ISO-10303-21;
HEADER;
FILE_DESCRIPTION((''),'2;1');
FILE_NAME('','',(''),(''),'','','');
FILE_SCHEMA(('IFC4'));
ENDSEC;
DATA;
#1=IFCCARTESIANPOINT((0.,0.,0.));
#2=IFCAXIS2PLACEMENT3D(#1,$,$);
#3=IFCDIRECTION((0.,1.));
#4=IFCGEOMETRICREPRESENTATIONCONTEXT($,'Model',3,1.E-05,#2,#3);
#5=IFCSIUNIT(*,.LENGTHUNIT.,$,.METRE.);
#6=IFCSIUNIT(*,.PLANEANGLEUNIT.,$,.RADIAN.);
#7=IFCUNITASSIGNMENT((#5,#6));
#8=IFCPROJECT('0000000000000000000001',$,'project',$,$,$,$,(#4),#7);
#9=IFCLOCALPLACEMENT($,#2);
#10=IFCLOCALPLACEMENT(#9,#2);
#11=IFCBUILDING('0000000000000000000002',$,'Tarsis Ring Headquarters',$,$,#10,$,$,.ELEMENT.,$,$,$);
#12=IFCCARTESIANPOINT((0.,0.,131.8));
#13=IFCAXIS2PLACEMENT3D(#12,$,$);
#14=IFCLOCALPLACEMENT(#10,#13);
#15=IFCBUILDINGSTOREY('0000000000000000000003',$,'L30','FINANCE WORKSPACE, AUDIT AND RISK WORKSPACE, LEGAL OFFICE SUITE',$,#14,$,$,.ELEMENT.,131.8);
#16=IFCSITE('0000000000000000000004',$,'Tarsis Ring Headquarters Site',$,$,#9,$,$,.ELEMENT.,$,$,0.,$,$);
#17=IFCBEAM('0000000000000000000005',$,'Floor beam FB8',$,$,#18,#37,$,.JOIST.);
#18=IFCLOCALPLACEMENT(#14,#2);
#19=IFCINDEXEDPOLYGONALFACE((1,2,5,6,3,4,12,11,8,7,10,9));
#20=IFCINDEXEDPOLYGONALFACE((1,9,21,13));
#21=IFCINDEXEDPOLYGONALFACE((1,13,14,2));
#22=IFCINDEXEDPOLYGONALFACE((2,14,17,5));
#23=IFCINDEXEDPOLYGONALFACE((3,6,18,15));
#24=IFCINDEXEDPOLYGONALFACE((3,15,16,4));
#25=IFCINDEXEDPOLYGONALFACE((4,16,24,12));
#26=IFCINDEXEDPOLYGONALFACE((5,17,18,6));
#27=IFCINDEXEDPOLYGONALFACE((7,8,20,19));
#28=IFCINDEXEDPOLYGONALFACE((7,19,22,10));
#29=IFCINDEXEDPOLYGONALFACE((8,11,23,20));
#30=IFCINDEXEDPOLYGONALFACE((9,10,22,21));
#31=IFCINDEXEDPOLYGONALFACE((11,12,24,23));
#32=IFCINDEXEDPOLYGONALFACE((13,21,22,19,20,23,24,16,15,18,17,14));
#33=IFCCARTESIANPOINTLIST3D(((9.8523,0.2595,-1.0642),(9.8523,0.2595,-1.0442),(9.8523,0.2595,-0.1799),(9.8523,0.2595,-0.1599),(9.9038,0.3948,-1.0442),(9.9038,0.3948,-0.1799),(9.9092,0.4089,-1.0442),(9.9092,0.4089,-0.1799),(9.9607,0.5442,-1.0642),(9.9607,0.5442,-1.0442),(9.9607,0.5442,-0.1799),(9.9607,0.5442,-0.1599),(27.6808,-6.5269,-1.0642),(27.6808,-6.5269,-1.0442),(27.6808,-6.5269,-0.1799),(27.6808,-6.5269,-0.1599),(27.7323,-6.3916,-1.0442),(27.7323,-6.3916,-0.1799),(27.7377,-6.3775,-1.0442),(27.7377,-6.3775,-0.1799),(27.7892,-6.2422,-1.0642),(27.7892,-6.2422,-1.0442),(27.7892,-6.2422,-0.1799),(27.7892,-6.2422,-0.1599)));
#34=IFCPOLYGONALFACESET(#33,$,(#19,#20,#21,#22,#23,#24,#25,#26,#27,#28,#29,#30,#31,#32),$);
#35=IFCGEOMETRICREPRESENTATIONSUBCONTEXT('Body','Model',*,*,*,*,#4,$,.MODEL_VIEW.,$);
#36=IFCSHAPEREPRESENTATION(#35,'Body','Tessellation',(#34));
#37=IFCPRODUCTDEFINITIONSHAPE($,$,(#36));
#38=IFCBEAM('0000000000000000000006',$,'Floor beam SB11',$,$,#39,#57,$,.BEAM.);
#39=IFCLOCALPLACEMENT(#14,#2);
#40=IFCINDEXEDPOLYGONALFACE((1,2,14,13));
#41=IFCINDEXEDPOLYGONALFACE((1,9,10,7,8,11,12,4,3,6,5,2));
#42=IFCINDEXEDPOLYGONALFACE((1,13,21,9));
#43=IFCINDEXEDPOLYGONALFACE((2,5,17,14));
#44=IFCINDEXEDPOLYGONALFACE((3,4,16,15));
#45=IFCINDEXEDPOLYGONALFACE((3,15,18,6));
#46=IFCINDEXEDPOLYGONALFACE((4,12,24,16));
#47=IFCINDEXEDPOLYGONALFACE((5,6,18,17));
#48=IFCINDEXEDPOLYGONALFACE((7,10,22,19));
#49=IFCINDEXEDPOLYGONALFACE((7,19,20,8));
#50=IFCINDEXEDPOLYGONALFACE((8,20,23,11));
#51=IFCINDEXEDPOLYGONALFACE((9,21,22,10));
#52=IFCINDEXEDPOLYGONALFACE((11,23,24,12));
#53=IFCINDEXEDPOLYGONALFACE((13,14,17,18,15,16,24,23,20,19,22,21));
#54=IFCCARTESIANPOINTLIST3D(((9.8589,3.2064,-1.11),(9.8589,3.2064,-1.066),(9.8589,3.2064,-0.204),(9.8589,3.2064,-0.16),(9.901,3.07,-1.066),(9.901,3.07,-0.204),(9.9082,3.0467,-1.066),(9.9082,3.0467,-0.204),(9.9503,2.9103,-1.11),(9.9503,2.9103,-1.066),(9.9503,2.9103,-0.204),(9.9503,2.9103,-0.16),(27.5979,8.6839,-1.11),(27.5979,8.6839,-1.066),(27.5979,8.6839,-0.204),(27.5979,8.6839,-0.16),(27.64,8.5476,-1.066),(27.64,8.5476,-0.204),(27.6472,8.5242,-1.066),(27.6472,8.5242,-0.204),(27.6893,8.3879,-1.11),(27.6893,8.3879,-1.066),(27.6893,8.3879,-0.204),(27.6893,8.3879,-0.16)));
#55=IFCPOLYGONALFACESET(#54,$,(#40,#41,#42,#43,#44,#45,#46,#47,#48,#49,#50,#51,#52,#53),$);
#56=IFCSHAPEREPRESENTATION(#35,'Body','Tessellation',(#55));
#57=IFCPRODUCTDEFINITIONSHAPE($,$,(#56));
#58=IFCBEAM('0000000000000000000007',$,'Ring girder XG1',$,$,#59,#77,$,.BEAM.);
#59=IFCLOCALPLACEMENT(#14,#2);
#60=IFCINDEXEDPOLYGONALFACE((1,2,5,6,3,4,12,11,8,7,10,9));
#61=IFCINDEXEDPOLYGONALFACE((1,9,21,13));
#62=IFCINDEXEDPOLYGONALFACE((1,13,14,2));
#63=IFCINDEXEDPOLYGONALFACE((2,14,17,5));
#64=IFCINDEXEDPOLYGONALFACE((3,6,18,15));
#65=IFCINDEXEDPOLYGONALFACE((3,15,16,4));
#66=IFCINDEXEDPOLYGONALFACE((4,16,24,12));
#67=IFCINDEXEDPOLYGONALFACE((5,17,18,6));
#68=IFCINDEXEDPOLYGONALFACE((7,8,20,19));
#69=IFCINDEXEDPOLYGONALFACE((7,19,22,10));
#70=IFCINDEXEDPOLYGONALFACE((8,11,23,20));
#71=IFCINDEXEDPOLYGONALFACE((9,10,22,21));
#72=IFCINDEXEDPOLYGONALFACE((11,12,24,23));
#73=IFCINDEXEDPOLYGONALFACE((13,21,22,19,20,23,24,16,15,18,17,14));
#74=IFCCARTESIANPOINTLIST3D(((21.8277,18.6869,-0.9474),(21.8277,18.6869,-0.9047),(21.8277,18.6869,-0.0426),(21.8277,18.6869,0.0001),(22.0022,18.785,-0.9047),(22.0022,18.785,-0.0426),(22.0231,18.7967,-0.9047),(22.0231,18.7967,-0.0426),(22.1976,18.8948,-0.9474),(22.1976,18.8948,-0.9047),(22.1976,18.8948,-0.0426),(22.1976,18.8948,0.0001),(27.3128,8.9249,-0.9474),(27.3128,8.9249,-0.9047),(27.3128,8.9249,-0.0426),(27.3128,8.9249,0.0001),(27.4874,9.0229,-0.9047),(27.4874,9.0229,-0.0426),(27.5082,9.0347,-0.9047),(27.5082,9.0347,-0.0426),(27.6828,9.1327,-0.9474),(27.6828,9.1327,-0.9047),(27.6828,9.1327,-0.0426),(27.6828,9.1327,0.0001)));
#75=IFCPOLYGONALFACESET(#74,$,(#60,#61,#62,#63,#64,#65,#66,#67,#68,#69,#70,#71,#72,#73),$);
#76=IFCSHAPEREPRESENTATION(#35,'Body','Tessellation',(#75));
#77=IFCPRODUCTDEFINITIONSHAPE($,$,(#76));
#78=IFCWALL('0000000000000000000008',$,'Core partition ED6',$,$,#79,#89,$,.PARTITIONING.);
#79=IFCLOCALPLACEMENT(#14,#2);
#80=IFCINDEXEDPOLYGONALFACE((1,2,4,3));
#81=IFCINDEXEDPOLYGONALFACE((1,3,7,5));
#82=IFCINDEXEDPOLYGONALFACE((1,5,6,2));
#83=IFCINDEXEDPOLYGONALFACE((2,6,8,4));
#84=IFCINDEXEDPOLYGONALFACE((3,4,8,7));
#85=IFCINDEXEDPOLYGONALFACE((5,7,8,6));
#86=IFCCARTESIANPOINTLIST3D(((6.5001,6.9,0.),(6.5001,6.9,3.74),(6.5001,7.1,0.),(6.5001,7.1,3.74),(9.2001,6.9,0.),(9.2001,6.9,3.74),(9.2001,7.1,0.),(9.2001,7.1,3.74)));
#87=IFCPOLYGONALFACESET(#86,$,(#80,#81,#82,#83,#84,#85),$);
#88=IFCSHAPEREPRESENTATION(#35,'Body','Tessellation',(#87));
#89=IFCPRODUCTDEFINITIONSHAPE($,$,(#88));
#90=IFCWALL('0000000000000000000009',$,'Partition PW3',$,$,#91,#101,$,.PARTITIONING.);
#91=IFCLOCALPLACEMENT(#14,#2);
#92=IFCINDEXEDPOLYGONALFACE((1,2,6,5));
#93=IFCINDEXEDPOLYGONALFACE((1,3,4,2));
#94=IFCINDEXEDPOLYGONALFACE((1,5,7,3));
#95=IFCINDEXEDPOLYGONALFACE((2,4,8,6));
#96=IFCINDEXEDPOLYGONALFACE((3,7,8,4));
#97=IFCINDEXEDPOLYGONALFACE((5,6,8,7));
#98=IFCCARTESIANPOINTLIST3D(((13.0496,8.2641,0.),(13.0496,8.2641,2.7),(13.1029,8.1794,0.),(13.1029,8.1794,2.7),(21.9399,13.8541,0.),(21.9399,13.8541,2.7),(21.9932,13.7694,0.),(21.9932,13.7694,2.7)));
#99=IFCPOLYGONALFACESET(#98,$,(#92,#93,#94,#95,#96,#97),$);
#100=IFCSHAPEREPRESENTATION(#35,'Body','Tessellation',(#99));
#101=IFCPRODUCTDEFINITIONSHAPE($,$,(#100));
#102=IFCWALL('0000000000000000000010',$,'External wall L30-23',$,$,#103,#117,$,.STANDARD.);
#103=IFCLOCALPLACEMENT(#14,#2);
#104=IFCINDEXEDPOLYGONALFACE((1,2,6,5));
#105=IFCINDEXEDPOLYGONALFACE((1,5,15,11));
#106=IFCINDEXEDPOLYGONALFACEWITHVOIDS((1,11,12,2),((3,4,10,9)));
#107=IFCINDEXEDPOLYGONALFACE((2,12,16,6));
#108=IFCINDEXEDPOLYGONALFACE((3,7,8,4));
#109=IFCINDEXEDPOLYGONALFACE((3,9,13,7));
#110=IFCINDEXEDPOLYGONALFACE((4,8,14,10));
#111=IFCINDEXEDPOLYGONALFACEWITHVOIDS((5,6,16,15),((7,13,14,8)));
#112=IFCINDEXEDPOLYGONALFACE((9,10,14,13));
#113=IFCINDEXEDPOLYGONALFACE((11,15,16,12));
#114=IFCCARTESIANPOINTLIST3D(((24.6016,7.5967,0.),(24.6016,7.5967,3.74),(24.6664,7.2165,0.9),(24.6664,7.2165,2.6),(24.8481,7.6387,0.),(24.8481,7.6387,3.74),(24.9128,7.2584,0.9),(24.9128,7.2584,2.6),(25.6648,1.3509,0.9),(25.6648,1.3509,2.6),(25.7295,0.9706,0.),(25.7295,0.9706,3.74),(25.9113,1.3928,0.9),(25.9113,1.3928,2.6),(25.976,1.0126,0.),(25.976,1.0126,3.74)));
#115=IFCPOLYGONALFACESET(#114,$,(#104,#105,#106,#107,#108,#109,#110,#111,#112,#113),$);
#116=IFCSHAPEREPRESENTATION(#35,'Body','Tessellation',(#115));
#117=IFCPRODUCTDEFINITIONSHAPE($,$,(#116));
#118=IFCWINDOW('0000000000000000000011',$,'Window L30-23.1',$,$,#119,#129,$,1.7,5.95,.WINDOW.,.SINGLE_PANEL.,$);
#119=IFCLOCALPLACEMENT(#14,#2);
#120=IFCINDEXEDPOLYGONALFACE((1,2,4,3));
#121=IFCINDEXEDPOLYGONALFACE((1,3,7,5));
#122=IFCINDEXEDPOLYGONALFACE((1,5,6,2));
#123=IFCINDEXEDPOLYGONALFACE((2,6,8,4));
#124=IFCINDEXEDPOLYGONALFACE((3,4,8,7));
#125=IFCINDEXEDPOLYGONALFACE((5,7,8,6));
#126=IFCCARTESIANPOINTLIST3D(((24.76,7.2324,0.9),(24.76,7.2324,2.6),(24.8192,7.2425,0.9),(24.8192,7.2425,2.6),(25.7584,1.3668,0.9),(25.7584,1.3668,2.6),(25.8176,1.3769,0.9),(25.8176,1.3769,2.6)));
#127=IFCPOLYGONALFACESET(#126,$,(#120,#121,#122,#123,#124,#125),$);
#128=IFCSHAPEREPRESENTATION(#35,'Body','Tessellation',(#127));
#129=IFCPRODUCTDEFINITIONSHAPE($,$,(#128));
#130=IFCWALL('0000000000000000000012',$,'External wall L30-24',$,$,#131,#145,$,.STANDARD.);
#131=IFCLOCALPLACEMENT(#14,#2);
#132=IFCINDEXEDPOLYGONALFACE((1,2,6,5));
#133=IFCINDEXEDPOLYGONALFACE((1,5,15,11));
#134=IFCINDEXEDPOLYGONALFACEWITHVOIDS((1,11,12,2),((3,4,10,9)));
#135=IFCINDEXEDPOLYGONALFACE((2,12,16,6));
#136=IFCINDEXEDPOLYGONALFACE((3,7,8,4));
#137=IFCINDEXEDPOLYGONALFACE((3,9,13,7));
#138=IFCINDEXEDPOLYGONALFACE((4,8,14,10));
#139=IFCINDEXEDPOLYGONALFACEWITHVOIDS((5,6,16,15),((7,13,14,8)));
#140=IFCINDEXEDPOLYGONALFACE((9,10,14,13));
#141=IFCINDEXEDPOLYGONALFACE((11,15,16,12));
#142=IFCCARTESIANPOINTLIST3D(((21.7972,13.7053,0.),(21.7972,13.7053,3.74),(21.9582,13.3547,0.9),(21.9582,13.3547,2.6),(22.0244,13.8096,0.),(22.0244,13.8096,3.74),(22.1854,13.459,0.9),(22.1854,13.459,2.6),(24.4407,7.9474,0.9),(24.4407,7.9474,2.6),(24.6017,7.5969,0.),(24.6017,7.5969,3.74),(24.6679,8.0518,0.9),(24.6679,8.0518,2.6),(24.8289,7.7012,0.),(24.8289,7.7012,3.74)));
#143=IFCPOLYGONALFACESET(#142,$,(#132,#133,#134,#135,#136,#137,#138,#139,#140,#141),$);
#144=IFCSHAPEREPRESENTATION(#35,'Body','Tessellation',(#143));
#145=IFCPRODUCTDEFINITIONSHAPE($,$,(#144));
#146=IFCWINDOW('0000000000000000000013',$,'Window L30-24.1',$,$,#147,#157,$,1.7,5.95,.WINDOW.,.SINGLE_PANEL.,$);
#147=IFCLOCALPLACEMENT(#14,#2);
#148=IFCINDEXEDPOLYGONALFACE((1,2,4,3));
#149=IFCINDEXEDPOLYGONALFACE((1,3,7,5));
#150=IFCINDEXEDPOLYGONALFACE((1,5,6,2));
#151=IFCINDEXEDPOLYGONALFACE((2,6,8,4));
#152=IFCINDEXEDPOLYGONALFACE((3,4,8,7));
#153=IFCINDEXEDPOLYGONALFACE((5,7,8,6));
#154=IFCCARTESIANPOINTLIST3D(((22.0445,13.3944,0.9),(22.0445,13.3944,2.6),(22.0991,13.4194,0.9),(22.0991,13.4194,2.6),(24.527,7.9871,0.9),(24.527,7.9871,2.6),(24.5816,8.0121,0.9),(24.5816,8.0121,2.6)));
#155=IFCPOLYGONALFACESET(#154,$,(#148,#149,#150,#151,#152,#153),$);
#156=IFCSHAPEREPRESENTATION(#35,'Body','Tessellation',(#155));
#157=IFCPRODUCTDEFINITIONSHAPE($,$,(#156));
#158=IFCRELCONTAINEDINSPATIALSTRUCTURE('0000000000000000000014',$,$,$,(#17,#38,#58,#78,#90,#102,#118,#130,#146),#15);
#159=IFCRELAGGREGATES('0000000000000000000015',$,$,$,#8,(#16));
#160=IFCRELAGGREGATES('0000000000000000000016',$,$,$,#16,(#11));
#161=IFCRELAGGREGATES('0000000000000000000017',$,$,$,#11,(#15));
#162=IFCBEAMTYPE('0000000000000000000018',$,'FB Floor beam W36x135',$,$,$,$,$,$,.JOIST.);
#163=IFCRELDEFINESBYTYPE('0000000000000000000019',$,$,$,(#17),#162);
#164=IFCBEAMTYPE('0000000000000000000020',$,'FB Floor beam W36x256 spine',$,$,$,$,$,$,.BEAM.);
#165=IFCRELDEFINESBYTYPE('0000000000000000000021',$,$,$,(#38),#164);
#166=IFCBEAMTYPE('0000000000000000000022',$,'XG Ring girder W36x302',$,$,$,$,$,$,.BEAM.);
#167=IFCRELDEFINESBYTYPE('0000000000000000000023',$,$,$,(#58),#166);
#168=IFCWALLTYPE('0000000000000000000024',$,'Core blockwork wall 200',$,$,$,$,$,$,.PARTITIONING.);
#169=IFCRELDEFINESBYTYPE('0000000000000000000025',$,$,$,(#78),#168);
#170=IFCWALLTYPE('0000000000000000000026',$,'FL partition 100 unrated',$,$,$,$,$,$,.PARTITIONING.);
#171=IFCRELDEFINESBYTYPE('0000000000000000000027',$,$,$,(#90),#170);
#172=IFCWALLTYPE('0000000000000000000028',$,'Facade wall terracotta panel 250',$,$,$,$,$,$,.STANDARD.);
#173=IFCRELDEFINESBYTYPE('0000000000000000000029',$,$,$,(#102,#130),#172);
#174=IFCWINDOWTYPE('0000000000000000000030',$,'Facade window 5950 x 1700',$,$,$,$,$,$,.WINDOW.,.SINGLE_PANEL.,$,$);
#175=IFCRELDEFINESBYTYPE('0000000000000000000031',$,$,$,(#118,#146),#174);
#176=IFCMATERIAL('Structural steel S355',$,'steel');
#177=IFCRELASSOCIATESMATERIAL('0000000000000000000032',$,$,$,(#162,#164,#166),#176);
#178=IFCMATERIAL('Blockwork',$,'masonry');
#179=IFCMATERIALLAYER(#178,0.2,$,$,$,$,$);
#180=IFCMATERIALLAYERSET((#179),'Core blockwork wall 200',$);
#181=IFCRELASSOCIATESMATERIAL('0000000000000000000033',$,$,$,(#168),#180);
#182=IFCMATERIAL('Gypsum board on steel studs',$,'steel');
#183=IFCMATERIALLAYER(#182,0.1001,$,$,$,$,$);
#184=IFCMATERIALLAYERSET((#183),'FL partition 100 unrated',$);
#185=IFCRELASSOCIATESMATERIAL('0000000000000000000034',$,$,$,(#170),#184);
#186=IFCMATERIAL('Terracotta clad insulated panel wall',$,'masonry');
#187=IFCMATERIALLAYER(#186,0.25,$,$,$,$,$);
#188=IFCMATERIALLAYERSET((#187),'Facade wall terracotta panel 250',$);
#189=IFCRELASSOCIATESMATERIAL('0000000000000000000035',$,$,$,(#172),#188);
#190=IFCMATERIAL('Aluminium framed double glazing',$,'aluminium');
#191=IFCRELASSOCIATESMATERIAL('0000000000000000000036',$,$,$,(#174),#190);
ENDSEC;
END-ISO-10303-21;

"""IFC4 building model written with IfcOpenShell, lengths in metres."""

from ifc_helpers import new_model, si_unit, direction, frame, frame_2d, origin, origin_2d, place, context, subcontext, project, spatial, rectangle, i_section, extrude, material, layer, layer_set, material_profile, profile_set, type_object, element, fill, save


model = new_model("IFC4")

# Units and contexts
model_context = context("Model", 3, precision=1e-05, world=origin(), true_north=direction((0.0, 1.0)))
body_context = subcontext(model_context, "Body", "Model", "MODEL_VIEW")
ifc_project = project(units=[si_unit("LENGTHUNIT", "METRE"), si_unit("PLANEANGLEUNIT", "RADIAN")], contexts=[model_context])

# Site, building, storey
site_placement = place(None, origin())
site = spatial("IfcSite", under=ifc_project, at=site_placement, Name="Tarsis Ring Headquarters Site", CompositionType="ELEMENT", RefElevation=0.0)
building_placement = place(site_placement, origin())
building = spatial("IfcBuilding", under=site, at=building_placement, Name="Tarsis Ring Headquarters", CompositionType="ELEMENT")
storey_placement = place(building_placement, frame((0.0, 0.0, 131.8)))
storey = spatial("IfcBuildingStorey", under=building, at=storey_placement, Name="L30", Description="FINANCE WORKSPACE, AUDIT AND RISK WORKSPACE, LEGAL OFFICE SUITE", CompositionType="ELEMENT", Elevation=131.8)

# Shared definitions
ifc_material_1 = material(Name="Structural steel S355", Category="steel")

# Beams
ifc_material_profile_1 = material_profile(ifc_material_1, i_section(OverallWidth=0.3047, OverallDepth=0.9043, WebThickness=0.0151, FlangeThickness=0.02, at=origin_2d()), Name="W36x135")
ifc_profile_set_1 = profile_set([ifc_material_profile_1], Name="Structural steel S355")
beam_type_1 = type_object("IfcBeamType", Name="FB Floor beam W36x135", PredefinedType="JOIST", material=ifc_profile_set_1)
beam_1_placement = place(storey_placement, frame((9.9065, 0.4019, -0.6121), z_axis=(0.934582, -0.355749, 0.0), x_axis=(0.355749, 0.934582, 0.0)))
element("IfcBeam", 1, at=beam_1_placement, inside=storey, type_object=beam_type_1, Name="Floor beam FB8", PredefinedType="JOIST", context=body_context, shape_type="SweptSolid", body=[
    extrude(i_section(OverallWidth=0.3047, OverallDepth=0.9043, WebThickness=0.0151, FlangeThickness=0.02, at=origin_2d()), origin(), (0.0, 0.0, 1.0), 19.0764),
])
ifc_material_profile_2 = material_profile(ifc_material_1, i_section(OverallWidth=0.3098, OverallDepth=0.95, WebThickness=0.0244, FlangeThickness=0.0439, at=origin_2d()), Name="W36x256")
ifc_profile_set_2 = profile_set([ifc_material_profile_2], Name="Structural steel S355")
beam_type_2 = type_object("IfcBeamType", Name="FB Floor beam W36x256 spine", PredefinedType="BEAM", material=ifc_profile_set_2)
beam_2_placement = place(storey_placement, frame((27.6436, 8.5359, -0.635), z_axis=(-0.955485, -0.295039, 0.0), x_axis=(0.295039, -0.955485, 0.0)))
element("IfcBeam", 2, at=beam_2_placement, inside=storey, type_object=beam_type_2, Name="Floor beam SB11", PredefinedType="BEAM", context=body_context, shape_type="SweptSolid", body=[
    extrude(i_section(OverallWidth=0.3098, OverallDepth=0.95, WebThickness=0.0244, FlangeThickness=0.0439, at=origin_2d()), origin(), (0.0, 0.0, 1.0), 18.5654),
])
ifc_material_profile_3 = material_profile(ifc_material_1, i_section(OverallWidth=0.4243, OverallDepth=0.9475, WebThickness=0.0239, FlangeThickness=0.0427, at=origin_2d()), Name="W36x302")
ifc_profile_set_3 = profile_set([ifc_material_profile_3], Name="Structural steel S355")
beam_type_3 = type_object("IfcBeamType", Name="XG Ring girder W36x302", PredefinedType="BEAM", material=ifc_profile_set_3)
beam_3_placement = place(storey_placement, frame((27.4978, 9.0288, -0.4736), z_axis=(-0.489854, 0.871804, 0.0), x_axis=(-0.871804, -0.489854, 0.0)))
element("IfcBeam", 3, at=beam_3_placement, inside=storey, type_object=beam_type_3, Name="Ring girder XG1", PredefinedType="BEAM", context=body_context, shape_type="SweptSolid", body=[
    extrude(i_section(OverallWidth=0.4243, OverallDepth=0.9475, WebThickness=0.0239, FlangeThickness=0.0427, at=origin_2d()), origin(), (0.0, 0.0, 1.0), 11.1975),
])

# Walls
ifc_material_2 = material(Name="Blockwork", Category="masonry")
ifc_layer_1 = layer(ifc_material_2, 0.2)
ifc_layer_set_1 = layer_set([ifc_layer_1], Name="Core blockwork wall 200")
wall_type_1 = type_object("IfcWallType", Name="Core blockwork wall 200", PredefinedType="PARTITIONING", material=ifc_layer_set_1)
wall_1_placement = place(storey_placement, frame((6.5, 7.0, 0.0), z_axis=(0.0, 0.0, 1.0), x_axis=(1.0, 0.0, 0.0)))
element("IfcWall", 4, at=wall_1_placement, inside=storey, type_object=wall_type_1, Name="Core partition ED6", PredefinedType="PARTITIONING", context=body_context, shape_type="SweptSolid", body=[
    extrude(rectangle(XDim=2.7, YDim=0.2, at=frame_2d((1.3501, 0.0))), origin(), (0.0, 0.0, 1.0), 3.74),
])
ifc_material_3 = material(Name="Gypsum board on steel studs", Category="steel")
ifc_layer_2 = layer(ifc_material_3, 0.1001)
ifc_layer_set_2 = layer_set([ifc_layer_2], Name="FL partition 100 unrated")
wall_type_2 = type_object("IfcWallType", Name="FL partition 100 unrated", PredefinedType="PARTITIONING", material=ifc_layer_set_2)
wall_2_placement = place(storey_placement, frame((13.0762, 8.2217, 0.0), z_axis=(0.0, 0.0, 1.0), x_axis=(0.846557, 0.532298, 0.0)))
element("IfcWall", 5, at=wall_2_placement, inside=storey, type_object=wall_type_2, Name="Partition PW3", PredefinedType="PARTITIONING", context=body_context, shape_type="SweptSolid", body=[
    extrude(rectangle(XDim=10.5017, YDim=0.1001, at=frame_2d((5.251, 0.0))), origin(), (0.0, 0.0, 1.0), 2.7),
])

# Walls, openings, windows
ifc_material_4 = material(Name="Terracotta clad insulated panel wall", Category="masonry")
ifc_layer_3 = layer(ifc_material_4, 0.25)
ifc_layer_set_3 = layer_set([ifc_layer_3], Name="Facade wall terracotta panel 250")
wall_type_3 = type_object("IfcWallType", Name="Facade wall terracotta panel 250", PredefinedType="STANDARD", material=ifc_layer_set_3)
wall_3_placement = place(storey_placement, frame((25.8528, 0.9915, 0.0), z_axis=(0.0, 0.0, 1.0), x_axis=(-0.167808, 0.98582, 0.0)))
wall_3 = element("IfcWall", 6, at=wall_3_placement, inside=storey, type_object=wall_type_3, Name="External wall L30-23", PredefinedType="STANDARD", context=body_context, shape_type="SweptSolid", body=[
    extrude(rectangle(XDim=6.7214, YDim=0.25, at=frame_2d((3.3608, 0.0))), origin(), (0.0, 0.0, 1.0), 3.74),
])
opening_1_placement = place(wall_3_placement, frame((0.3857, 0.0, 0.8999)))
opening_1 = element("IfcOpeningElement", 7, at=opening_1_placement, cuts=wall_3, PredefinedType="OPENING", context=body_context, shape_type="SweptSolid", body=[
    extrude(rectangle(XDim=5.95, YDim=1.7, at=frame_2d((2.9751, 0.8501))), frame((0.0, 0.135, 0.0), z_axis=(0.0, -1.0, 0.0), x_axis=(1.0, 0.0, 0.0)), (0.0, 0.0, 1.0), 0.27),
])
ifc_material_5 = material(Name="Aluminium framed double glazing", Category="aluminium")
window_type = type_object("IfcWindowType", Name="Facade window 5950 x 1700", PartitioningType="SINGLE_PANEL", PredefinedType="WINDOW", material=ifc_material_5)
window_1_placement = place(opening_1_placement, origin())
window_1 = element("IfcWindow", 8, at=window_1_placement, inside=storey, type_object=window_type, Name="Window L30-23.1", OverallHeight=1.7, OverallWidth=5.95, PartitioningType="SINGLE_PANEL", PredefinedType="WINDOW", context=body_context, shape_type="SweptSolid", body=[
    extrude(rectangle(XDim=5.95, YDim=1.7, at=frame_2d((2.9751, 0.8501))), frame((0.0, 0.03, 0.0), z_axis=(0.0, -1.0, 0.0), x_axis=(1.0, 0.0, 0.0)), (0.0, 0.0, 1.0), 0.0601),
])
fill(opening_1, window_1)
wall_4_placement = place(storey_placement, frame((24.7153, 7.6489, 0.0), z_axis=(0.0, 0.0, 1.0), x_axis=(-0.41724, 0.908796, 0.0)))
wall_4 = element("IfcWall", 9, at=wall_4_placement, inside=storey, type_object=wall_type_3, Name="External wall L30-24", PredefinedType="STANDARD", context=body_context, shape_type="SweptSolid", body=[
    extrude(rectangle(XDim=6.7214, YDim=0.25, at=frame_2d((3.3608, 0.0))), origin(), (0.0, 0.0, 1.0), 3.74),
])
opening_2_placement = place(wall_4_placement, frame((0.3857, 0.0, 0.8999)))
opening_2 = element("IfcOpeningElement", 10, at=opening_2_placement, cuts=wall_4, PredefinedType="OPENING", context=body_context, shape_type="SweptSolid", body=[
    extrude(rectangle(XDim=5.95, YDim=1.7, at=frame_2d((2.9751, 0.8501))), frame((0.0, 0.135, 0.0), z_axis=(0.0, -1.0, 0.0), x_axis=(1.0, 0.0, 0.0)), (0.0, 0.0, 1.0), 0.27),
])
window_2_placement = place(opening_2_placement, origin())
window_2 = element("IfcWindow", 11, at=window_2_placement, inside=storey, type_object=window_type, Name="Window L30-24.1", OverallHeight=1.7, OverallWidth=5.95, PartitioningType="SINGLE_PANEL", PredefinedType="WINDOW", context=body_context, shape_type="SweptSolid", body=[
    extrude(rectangle(XDim=5.95, YDim=1.7, at=frame_2d((2.9751, 0.8501))), frame((0.0, 0.03, 0.0), z_axis=(0.0, -1.0, 0.0), x_axis=(1.0, 0.0, 0.0)), (0.0, 0.0, 1.0), 0.0601),
])
fill(opening_2, window_2)

save(model, "model.ifc")
